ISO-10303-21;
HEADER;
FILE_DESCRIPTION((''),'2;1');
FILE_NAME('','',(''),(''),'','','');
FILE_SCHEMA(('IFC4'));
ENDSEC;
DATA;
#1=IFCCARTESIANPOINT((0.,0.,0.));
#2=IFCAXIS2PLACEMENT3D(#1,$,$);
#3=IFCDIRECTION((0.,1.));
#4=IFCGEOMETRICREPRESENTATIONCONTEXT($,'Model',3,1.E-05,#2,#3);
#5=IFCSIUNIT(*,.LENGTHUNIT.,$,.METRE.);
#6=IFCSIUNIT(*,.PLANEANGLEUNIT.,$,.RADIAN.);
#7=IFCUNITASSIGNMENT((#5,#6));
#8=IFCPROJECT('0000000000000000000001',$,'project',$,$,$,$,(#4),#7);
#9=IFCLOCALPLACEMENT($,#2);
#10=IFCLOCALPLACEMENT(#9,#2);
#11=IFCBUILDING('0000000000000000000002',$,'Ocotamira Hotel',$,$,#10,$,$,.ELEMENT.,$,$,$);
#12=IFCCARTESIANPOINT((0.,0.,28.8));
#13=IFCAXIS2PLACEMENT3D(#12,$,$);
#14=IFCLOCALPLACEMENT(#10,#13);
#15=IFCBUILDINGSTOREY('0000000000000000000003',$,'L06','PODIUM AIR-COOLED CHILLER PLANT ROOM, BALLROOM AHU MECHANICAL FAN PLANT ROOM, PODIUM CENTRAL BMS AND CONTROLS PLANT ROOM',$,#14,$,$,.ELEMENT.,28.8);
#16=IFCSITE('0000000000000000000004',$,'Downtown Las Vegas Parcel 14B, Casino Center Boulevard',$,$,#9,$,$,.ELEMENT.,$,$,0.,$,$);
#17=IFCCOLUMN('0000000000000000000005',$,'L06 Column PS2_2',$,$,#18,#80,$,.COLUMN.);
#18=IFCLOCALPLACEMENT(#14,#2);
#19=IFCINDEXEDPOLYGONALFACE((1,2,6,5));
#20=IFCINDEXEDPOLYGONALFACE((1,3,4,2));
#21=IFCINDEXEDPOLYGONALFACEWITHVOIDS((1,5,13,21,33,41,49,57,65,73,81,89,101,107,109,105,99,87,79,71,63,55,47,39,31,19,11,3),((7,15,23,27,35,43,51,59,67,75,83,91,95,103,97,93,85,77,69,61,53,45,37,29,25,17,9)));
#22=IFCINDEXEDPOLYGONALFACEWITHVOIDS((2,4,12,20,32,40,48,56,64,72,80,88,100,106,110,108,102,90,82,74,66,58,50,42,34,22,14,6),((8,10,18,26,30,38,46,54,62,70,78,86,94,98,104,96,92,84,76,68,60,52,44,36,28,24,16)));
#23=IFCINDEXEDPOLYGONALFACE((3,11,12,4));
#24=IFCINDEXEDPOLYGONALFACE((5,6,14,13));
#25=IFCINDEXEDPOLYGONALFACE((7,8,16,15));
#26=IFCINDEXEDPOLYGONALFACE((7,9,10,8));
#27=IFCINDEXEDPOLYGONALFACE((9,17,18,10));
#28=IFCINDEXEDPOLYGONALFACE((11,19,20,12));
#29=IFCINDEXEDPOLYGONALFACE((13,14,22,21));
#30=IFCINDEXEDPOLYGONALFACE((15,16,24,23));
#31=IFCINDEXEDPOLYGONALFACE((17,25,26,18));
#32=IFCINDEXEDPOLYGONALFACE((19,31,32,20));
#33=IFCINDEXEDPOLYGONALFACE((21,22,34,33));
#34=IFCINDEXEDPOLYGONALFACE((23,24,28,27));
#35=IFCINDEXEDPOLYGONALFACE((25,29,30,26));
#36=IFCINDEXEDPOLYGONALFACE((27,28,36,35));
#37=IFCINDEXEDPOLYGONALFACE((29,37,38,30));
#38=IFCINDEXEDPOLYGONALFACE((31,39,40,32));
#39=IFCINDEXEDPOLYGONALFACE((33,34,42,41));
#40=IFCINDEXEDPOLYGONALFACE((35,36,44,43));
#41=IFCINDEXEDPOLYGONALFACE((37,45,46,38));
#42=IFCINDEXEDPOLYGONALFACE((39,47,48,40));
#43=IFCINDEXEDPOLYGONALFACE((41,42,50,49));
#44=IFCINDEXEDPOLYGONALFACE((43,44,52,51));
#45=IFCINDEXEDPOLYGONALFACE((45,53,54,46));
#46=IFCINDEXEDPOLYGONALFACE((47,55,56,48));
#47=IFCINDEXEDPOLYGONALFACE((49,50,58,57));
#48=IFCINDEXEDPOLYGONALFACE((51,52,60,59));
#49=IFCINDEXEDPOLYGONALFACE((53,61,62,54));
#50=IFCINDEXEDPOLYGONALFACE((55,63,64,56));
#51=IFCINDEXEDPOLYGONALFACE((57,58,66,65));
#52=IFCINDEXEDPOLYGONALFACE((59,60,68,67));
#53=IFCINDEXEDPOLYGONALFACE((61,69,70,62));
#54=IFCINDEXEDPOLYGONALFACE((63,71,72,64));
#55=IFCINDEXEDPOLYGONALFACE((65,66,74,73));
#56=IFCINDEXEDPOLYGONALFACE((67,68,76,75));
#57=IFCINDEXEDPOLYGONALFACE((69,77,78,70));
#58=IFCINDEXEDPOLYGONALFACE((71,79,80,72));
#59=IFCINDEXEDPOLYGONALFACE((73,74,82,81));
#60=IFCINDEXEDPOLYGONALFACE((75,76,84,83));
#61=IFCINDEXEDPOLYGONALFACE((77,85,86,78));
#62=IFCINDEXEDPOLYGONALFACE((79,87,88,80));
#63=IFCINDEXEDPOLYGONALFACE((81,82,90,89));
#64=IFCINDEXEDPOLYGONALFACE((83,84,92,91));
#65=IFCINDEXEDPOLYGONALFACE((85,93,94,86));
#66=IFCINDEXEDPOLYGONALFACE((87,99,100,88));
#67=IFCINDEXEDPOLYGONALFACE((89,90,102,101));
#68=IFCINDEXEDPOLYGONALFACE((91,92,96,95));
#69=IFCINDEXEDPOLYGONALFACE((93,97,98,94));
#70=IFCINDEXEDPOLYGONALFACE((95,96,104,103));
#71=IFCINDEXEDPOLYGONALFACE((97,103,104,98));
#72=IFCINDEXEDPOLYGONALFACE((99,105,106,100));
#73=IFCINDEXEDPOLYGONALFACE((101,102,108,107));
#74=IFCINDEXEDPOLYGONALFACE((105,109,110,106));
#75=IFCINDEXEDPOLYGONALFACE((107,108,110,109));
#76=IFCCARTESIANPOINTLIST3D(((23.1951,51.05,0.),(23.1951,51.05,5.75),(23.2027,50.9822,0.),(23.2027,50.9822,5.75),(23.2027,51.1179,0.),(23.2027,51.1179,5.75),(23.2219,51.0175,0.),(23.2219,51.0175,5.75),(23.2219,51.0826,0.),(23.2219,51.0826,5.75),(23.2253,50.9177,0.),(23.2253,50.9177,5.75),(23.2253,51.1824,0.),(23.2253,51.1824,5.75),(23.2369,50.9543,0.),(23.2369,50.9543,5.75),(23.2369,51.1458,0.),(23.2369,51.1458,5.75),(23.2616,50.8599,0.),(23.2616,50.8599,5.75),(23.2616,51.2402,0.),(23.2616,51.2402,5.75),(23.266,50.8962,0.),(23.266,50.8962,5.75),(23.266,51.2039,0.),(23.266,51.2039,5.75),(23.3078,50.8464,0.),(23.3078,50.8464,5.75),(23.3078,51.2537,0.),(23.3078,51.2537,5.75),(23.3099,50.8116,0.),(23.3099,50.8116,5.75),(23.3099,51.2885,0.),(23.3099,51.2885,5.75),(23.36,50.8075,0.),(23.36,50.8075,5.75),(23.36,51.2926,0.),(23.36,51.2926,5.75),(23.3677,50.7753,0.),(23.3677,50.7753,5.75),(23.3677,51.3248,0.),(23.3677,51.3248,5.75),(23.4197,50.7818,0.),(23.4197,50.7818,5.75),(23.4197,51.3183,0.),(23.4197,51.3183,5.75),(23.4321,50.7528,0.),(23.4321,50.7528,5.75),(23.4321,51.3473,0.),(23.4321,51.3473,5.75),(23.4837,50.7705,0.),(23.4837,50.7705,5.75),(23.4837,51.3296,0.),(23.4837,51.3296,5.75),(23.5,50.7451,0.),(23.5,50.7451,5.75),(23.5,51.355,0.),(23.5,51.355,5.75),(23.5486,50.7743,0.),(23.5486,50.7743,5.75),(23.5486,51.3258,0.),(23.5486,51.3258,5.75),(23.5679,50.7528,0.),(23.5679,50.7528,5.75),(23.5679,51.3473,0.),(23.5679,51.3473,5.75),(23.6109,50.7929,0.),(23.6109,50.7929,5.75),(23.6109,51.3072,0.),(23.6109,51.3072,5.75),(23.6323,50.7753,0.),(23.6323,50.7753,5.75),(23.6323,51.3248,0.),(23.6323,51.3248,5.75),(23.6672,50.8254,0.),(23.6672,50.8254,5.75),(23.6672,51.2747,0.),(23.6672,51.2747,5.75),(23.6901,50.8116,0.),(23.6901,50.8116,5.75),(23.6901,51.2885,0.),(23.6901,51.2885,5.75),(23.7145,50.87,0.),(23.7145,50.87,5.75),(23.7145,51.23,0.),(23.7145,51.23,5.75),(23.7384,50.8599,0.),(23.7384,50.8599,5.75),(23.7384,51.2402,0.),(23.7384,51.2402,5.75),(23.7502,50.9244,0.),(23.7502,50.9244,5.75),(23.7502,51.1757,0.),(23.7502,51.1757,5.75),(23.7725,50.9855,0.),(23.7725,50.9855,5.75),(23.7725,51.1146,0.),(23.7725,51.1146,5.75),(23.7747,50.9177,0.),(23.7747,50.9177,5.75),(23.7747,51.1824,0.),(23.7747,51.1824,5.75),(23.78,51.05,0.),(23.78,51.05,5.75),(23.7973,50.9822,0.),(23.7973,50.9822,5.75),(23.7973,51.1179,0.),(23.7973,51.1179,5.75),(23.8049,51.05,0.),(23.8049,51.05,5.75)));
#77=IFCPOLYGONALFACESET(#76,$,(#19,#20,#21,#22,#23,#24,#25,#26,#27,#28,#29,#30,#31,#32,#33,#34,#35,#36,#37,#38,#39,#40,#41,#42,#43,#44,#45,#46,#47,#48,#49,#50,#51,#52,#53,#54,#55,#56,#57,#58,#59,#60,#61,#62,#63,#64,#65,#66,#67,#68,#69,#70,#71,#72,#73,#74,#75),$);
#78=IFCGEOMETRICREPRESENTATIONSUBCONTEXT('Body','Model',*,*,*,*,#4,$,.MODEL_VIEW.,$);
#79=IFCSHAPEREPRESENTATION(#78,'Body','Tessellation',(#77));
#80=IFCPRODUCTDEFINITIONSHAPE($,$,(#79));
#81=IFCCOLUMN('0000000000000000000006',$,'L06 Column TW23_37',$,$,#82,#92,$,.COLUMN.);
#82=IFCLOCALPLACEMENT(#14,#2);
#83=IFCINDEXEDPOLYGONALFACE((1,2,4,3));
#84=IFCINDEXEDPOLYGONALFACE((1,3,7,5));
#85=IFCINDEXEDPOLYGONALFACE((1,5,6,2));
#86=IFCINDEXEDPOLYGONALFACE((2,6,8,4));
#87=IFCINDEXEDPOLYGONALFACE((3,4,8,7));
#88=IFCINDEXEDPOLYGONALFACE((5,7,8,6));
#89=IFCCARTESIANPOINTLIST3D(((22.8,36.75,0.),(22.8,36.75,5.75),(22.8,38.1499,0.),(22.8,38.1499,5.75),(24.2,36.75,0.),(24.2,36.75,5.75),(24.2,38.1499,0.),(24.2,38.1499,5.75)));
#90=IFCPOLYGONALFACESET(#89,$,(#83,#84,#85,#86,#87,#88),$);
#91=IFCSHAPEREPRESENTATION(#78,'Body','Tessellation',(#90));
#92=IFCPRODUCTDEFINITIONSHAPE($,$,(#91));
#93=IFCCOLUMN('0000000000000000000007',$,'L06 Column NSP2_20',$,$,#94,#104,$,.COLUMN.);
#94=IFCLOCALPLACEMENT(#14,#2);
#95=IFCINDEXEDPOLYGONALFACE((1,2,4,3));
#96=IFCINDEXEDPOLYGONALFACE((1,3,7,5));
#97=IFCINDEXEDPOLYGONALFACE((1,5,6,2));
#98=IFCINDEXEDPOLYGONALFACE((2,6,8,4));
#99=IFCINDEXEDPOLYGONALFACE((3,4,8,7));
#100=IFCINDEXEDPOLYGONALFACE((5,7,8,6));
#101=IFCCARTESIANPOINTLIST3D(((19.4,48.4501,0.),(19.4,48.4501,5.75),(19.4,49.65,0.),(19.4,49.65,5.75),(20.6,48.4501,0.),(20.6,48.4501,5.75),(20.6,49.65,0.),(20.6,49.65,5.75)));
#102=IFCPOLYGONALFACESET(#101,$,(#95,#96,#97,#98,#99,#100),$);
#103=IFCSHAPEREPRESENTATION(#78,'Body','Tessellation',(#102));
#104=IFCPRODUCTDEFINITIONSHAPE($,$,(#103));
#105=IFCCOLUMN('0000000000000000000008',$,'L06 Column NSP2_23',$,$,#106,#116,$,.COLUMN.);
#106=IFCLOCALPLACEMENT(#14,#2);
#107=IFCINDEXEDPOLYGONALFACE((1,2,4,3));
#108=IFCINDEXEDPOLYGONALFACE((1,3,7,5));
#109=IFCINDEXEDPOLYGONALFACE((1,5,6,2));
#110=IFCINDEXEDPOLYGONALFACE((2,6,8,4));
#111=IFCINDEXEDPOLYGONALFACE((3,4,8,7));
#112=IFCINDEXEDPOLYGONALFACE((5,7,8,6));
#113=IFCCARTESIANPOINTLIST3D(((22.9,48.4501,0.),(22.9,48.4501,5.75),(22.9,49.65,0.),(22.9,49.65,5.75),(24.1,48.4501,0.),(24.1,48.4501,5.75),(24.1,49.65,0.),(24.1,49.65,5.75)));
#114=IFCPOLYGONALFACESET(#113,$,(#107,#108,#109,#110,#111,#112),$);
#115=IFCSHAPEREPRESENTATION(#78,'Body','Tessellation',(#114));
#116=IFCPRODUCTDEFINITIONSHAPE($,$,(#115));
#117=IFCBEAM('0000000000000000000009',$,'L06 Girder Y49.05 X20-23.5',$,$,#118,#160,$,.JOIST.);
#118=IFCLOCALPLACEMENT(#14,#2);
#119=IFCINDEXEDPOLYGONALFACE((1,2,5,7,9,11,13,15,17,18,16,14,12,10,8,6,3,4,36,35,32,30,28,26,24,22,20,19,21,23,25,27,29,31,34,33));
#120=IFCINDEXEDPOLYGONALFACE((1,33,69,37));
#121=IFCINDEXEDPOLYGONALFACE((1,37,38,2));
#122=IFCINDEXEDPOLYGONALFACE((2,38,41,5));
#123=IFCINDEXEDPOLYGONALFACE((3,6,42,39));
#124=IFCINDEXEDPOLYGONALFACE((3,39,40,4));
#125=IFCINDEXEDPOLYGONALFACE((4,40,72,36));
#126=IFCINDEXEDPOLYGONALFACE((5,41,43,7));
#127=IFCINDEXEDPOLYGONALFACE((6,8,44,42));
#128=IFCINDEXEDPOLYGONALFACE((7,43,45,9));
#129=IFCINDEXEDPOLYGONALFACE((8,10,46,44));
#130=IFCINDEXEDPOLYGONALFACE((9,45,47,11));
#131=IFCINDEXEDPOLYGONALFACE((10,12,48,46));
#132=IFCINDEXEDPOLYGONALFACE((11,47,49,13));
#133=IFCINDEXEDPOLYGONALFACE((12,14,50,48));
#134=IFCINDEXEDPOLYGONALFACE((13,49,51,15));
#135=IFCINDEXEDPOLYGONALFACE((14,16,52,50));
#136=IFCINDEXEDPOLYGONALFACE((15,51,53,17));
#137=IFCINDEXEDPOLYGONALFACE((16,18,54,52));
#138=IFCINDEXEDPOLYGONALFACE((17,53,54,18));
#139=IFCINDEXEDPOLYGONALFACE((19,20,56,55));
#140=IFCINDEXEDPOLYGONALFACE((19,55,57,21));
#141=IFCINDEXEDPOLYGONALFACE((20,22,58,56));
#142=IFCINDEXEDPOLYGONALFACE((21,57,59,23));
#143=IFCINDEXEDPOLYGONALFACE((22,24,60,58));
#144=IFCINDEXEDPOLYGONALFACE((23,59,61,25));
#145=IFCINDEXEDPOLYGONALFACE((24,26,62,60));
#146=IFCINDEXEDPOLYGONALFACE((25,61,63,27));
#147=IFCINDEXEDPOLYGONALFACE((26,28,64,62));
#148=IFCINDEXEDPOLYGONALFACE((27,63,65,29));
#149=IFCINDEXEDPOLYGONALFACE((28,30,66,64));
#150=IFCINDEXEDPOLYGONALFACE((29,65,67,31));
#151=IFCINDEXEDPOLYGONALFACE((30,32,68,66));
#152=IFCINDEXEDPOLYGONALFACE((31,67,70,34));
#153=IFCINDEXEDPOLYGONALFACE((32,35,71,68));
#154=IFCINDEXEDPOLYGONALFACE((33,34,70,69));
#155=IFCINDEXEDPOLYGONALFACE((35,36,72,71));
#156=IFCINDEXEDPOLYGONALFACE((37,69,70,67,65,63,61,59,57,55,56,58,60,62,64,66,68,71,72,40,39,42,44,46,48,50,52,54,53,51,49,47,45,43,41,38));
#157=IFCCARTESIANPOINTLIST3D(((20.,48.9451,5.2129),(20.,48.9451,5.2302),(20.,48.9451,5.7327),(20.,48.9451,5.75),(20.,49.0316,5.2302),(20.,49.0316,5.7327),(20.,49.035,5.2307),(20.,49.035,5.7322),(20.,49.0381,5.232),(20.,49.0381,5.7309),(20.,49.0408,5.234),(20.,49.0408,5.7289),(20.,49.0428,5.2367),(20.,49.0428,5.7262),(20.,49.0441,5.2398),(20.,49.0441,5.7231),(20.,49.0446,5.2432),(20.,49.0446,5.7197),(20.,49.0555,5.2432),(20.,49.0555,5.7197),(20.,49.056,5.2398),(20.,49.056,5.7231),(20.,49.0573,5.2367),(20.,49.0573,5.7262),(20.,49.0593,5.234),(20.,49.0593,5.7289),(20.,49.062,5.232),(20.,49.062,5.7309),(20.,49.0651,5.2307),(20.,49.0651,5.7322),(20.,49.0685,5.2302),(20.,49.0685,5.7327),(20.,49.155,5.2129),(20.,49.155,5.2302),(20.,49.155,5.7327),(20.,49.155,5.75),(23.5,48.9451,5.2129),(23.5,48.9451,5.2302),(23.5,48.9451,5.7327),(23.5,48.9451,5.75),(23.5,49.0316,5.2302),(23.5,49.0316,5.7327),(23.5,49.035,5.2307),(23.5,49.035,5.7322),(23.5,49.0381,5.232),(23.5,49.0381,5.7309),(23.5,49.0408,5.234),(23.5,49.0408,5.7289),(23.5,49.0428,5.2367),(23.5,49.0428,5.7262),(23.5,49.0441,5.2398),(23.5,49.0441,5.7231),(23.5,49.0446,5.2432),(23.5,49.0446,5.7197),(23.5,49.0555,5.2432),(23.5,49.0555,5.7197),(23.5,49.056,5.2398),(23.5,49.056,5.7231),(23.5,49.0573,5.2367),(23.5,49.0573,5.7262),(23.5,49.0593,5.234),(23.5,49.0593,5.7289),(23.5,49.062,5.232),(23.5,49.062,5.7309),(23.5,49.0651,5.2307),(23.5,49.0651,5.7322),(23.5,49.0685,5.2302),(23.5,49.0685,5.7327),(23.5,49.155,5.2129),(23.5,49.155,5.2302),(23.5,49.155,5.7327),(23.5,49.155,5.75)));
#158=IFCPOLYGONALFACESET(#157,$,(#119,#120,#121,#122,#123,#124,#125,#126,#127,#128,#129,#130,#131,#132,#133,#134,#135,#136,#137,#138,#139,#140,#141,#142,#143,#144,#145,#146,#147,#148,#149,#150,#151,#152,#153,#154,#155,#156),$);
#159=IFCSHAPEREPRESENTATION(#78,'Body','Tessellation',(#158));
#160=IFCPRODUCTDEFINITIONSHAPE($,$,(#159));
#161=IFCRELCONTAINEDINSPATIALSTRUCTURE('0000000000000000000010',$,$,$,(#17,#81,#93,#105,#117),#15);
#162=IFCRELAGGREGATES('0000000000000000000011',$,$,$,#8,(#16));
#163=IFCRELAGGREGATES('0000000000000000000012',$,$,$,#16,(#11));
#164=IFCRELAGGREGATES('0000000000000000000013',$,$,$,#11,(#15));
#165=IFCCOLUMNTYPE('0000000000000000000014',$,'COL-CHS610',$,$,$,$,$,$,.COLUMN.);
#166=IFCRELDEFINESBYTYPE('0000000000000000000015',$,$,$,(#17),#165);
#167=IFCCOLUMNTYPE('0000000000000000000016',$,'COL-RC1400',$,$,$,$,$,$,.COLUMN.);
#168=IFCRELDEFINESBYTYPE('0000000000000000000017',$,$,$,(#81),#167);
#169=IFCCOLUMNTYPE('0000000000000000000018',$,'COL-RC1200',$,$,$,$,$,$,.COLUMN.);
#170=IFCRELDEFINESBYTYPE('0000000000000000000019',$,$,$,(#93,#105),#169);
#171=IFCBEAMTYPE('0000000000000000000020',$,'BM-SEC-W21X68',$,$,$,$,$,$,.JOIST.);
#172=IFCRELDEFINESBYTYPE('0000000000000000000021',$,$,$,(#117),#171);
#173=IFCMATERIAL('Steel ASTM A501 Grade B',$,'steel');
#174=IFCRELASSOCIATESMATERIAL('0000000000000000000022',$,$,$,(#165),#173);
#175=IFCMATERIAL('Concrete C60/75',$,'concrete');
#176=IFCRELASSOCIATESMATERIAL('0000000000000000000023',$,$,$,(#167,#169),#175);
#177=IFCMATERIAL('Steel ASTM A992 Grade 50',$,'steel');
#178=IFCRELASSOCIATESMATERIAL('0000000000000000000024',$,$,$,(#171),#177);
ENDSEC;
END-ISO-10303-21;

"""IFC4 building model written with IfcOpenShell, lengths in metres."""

from ifc_helpers import new_model, si_unit, direction, frame, origin, origin_2d, place, context, subcontext, project, spatial, rectangle, hollow_circle, i_section, extrude, source, transform, mapped, material, material_profile, profile_set, type_object, element, save


model = new_model("IFC4")

# Units and contexts
model_context = context("Model", 3, precision=1e-05, world=origin(), true_north=direction((0.0, 1.0)))
body_context = subcontext(model_context, "Body", "Model", "MODEL_VIEW")
ifc_project = project(units=[si_unit("LENGTHUNIT", "METRE"), si_unit("PLANEANGLEUNIT", "RADIAN")], contexts=[model_context])

# Site, building, storey
site_placement = place(None, origin())
site = spatial("IfcSite", under=ifc_project, at=site_placement, Name="Downtown Las Vegas Parcel 14B, Casino Center Boulevard", CompositionType="ELEMENT", RefElevation=0.0)
building_placement = place(site_placement, origin())
building = spatial("IfcBuilding", under=site, at=building_placement, Name="Ocotamira Hotel", CompositionType="ELEMENT")
storey_placement = place(building_placement, frame((0.0, 0.0, 28.8)))
storey = spatial("IfcBuildingStorey", under=building, at=storey_placement, Name="L06", Description="PODIUM AIR-COOLED CHILLER PLANT ROOM, BALLROOM AHU MECHANICAL FAN PLANT ROOM, PODIUM CENTRAL BMS AND CONTROLS PLANT ROOM", CompositionType="ELEMENT", Elevation=28.8)

# Columns
ifc_material_1 = material(Name="Steel ASTM A501 Grade B", Category="steel")
ifc_material_profile_1 = material_profile(ifc_material_1, hollow_circle(Radius=0.3049, WallThickness=0.0249, at=origin_2d()), Name="CHS610X25")
ifc_profile_set_1 = profile_set([ifc_material_profile_1], Name="Steel ASTM A501 Grade B")
column_type_1 = type_object("IfcColumnType", Name="COL-CHS610", PredefinedType="COLUMN", material=ifc_profile_set_1)
shared_shape_1 = source(origin(), body_context, "Body", "SweptSolid", [
    extrude(hollow_circle(Radius=0.3049, WallThickness=0.0249, at=origin_2d()), origin(), (0.0, 0.0, 1.0), 5.75),
])
column_1_placement = place(storey_placement, frame((23.5, 51.05, 0.0), z_axis=(0.0, 0.0, 1.0), x_axis=(1.0, 0.0, 0.0)))
element("IfcColumn", 1, at=column_1_placement, inside=storey, type_object=column_type_1, Name="L06 Column PS2_2", PredefinedType="COLUMN", context=body_context, shape_type="MappedRepresentation", body=[
    mapped(shared_shape_1, transform((0.0, 0.0, 0.0), scale=1.0)),
])
ifc_material_2 = material(Name="Concrete C60/75", Category="concrete")
ifc_material_profile_2 = material_profile(ifc_material_2, rectangle(XDim=1.3999, YDim=1.3999, at=origin_2d()), Name="RC1400X1400")
ifc_profile_set_2 = profile_set([ifc_material_profile_2], Name="Concrete C60/75")
column_type_2 = type_object("IfcColumnType", Name="COL-RC1400", PredefinedType="COLUMN", material=ifc_profile_set_2)
shared_shape_2 = source(origin(), body_context, "Body", "SweptSolid", [
    extrude(rectangle(XDim=1.3999, YDim=1.3999, at=origin_2d()), origin(), (0.0, 0.0, 1.0), 5.75),
])
column_2_placement = place(storey_placement, frame((23.5, 37.45, 0.0), z_axis=(0.0, 0.0, 1.0), x_axis=(1.0, 0.0, 0.0)))
element("IfcColumn", 2, at=column_2_placement, inside=storey, type_object=column_type_2, Name="L06 Column TW23_37", PredefinedType="COLUMN", context=body_context, shape_type="MappedRepresentation", body=[
    mapped(shared_shape_2, transform((0.0, 0.0, 0.0), scale=1.0)),
])
ifc_material_profile_3 = material_profile(ifc_material_2, rectangle(XDim=1.2, YDim=1.2, at=origin_2d()), Name="RC1200X1200")
ifc_profile_set_3 = profile_set([ifc_material_profile_3], Name="Concrete C60/75")
column_type_3 = type_object("IfcColumnType", Name="COL-RC1200", PredefinedType="COLUMN", material=ifc_profile_set_3)
shared_shape_3 = source(origin(), body_context, "Body", "SweptSolid", [
    extrude(rectangle(XDim=1.2, YDim=1.2, at=origin_2d()), origin(), (0.0, 0.0, 1.0), 5.75),
])
for number, where, z_axis, x_axis, name in (
    (3, (20.0, 49.05, 0.0), (0.0, 0.0, 1.0), (1.0, 0.0, 0.0), "L06 Column NSP2_20"),
    (4, (23.5, 49.05, 0.0), (0.0, 0.0, 1.0), (1.0, 0.0, 0.0), "L06 Column NSP2_23"),
):
    element("IfcColumn", number, at=place(storey_placement, frame(where, z_axis=z_axis, x_axis=x_axis)), inside=storey, type_object=column_type_3, Name=name, PredefinedType="COLUMN", context=body_context, shape_type="MappedRepresentation", body=[
        mapped(shared_shape_3, transform((0.0, 0.0, 0.0), scale=1.0)),
    ])

# Beam
ifc_material_3 = material(Name="Steel ASTM A992 Grade 50", Category="steel")
ifc_material_profile_4 = material_profile(ifc_material_3, i_section(OverallWidth=0.21, OverallDepth=0.5371, WebThickness=0.011, FlangeThickness=0.0173, FilletRadius=0.0129, at=origin_2d()), Name="W21X68")
ifc_profile_set_4 = profile_set([ifc_material_profile_4], Name="Steel ASTM A992 Grade 50")
beam_type_1 = type_object("IfcBeamType", Name="BM-SEC-W21X68", PredefinedType="JOIST", material=ifc_profile_set_4)
shared_shape_4 = source(origin(), body_context, "Body", "SweptSolid", [
    extrude(i_section(OverallWidth=0.21, OverallDepth=0.5371, WebThickness=0.011, FlangeThickness=0.0173, FilletRadius=0.0129, at=origin_2d()), origin(), (0.0, 0.0, 1.0), 3.5),
])
beam_1_placement = place(storey_placement, frame((20.0, 49.05, 5.4814), z_axis=(1.0, 0.0, 0.0), x_axis=(0.0, 1.0, 0.0)))
element("IfcBeam", 5, at=beam_1_placement, inside=storey, type_object=beam_type_1, Name="L06 Girder Y49.05 X20-23.5", PredefinedType="JOIST", context=body_context, shape_type="MappedRepresentation", body=[
    mapped(shared_shape_4, transform((0.0, 0.0, 0.0), scale=1.0)),
])

save(model, "model.ifc")
